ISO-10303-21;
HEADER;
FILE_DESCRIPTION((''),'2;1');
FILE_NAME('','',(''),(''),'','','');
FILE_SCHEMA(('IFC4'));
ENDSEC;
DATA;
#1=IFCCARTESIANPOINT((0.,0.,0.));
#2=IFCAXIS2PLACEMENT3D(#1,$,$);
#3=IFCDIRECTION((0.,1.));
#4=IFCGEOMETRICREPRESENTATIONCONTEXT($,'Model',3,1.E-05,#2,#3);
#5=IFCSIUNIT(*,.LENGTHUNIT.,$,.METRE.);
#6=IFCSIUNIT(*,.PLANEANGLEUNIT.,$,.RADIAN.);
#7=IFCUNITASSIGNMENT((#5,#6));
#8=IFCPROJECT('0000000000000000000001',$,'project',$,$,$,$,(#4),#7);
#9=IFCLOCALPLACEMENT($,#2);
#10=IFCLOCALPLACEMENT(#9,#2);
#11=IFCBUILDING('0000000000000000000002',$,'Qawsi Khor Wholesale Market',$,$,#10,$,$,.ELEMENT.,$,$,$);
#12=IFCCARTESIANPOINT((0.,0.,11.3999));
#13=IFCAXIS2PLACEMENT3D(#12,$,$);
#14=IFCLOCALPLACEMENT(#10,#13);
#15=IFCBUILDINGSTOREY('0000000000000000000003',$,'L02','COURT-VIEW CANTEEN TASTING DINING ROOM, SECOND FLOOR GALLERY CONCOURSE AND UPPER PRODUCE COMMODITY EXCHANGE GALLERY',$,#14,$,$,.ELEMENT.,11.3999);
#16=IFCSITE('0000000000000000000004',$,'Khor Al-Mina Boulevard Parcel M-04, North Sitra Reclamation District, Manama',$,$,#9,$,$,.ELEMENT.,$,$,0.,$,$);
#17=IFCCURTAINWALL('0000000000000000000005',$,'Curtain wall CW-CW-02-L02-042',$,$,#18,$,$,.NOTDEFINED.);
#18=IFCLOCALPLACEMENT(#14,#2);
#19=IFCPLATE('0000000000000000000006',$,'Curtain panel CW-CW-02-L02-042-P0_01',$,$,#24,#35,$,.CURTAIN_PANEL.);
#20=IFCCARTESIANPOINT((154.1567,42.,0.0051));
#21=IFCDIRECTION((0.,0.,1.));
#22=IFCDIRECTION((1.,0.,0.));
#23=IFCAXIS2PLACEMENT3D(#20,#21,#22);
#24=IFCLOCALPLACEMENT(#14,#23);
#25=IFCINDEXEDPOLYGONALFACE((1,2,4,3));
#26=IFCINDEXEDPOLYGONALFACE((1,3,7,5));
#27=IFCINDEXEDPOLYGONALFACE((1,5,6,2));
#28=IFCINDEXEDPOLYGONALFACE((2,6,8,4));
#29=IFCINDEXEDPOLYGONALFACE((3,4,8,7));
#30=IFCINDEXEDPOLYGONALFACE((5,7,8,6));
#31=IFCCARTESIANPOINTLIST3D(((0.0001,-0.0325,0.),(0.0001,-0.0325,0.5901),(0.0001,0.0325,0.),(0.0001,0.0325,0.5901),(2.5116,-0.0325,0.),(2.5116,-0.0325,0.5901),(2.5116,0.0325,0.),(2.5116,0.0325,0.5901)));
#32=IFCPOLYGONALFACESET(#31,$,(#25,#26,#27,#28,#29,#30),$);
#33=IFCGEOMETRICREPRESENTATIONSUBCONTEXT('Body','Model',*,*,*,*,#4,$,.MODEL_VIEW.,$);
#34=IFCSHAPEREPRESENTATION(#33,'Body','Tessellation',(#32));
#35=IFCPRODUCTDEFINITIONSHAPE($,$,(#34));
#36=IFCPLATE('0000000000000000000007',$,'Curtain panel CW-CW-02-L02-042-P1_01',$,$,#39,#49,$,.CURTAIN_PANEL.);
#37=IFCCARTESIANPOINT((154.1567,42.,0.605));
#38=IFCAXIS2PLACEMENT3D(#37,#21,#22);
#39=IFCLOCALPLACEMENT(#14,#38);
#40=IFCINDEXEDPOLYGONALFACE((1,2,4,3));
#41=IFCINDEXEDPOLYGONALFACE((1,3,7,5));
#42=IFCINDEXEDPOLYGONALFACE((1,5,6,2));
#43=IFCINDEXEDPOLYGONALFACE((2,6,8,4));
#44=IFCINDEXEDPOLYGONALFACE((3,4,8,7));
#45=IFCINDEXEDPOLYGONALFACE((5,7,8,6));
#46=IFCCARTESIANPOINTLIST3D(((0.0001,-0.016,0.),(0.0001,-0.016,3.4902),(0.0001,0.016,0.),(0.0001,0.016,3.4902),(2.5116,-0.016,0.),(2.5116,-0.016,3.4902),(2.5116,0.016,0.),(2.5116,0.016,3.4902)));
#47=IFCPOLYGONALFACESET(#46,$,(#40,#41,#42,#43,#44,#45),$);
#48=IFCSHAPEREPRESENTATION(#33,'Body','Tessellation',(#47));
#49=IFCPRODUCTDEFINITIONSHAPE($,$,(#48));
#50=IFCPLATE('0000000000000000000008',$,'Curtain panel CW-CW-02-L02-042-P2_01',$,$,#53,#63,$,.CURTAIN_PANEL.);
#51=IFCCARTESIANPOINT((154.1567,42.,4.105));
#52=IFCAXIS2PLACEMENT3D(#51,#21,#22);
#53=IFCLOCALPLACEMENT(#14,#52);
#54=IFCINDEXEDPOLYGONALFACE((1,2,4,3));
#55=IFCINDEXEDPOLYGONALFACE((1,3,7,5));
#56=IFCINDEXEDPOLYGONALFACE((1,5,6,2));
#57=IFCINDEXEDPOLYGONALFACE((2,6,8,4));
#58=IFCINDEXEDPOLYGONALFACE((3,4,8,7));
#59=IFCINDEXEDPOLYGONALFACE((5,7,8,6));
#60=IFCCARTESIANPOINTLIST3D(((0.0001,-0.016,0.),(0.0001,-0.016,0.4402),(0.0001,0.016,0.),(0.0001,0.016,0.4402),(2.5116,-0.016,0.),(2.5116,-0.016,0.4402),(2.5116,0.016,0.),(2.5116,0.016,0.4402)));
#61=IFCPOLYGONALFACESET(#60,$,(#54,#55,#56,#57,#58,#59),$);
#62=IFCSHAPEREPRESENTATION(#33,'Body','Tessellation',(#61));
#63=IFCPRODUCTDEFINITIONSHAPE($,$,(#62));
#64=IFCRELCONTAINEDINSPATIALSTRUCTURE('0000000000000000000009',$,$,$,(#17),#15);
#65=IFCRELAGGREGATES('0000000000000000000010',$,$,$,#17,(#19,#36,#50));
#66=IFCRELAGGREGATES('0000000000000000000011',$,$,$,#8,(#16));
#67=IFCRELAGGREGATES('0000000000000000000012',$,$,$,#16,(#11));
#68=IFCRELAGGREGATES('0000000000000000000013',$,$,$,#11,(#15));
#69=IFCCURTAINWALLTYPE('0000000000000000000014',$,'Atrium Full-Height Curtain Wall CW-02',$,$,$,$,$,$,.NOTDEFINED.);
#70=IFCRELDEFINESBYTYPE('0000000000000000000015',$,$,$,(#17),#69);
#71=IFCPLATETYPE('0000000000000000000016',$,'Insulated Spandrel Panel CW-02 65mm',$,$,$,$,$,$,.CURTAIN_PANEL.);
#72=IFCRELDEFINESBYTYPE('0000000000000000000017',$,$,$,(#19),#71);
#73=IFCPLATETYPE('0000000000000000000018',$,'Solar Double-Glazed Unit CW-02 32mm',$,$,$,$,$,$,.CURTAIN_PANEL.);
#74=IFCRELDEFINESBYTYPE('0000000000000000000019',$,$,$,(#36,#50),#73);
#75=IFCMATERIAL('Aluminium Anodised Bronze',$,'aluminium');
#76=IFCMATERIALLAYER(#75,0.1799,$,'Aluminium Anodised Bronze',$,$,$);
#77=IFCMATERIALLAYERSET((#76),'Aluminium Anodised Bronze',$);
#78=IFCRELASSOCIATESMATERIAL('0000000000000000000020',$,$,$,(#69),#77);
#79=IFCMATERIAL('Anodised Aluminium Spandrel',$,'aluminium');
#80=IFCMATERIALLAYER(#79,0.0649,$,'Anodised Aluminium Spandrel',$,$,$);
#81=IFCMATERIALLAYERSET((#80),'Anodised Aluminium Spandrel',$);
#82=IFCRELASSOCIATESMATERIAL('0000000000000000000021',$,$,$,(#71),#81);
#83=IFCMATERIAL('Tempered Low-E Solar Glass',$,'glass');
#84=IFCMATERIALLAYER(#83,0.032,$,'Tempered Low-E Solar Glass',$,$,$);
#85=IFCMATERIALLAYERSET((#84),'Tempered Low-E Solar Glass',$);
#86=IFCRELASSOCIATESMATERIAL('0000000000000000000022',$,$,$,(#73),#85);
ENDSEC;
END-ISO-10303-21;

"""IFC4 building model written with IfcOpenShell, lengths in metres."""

from ifc_helpers import new_model, si_unit, direction, frame, frame_2d, origin, place, context, subcontext, project, spatial, rectangle, extrude, material, layer, layer_set, type_object, element, aggregate, save


model = new_model("IFC4")

# Units and contexts
model_context = context("Model", 3, precision=1e-05, world=origin(), true_north=direction((0.0, 1.0)))
body_context = subcontext(model_context, "Body", "Model", "MODEL_VIEW")
ifc_project = project(units=[si_unit("LENGTHUNIT", "METRE"), si_unit("PLANEANGLEUNIT", "RADIAN")], contexts=[model_context])

# Site, building, storey
site_placement = place(None, origin())
site = spatial("IfcSite", under=ifc_project, at=site_placement, Name="Khor Al-Mina Boulevard Parcel M-04, North Sitra Reclamation District, Manama", CompositionType="ELEMENT", RefElevation=0.0)
building_placement = place(site_placement, origin())
building = spatial("IfcBuilding", under=site, at=building_placement, Name="Qawsi Khor Wholesale Market", CompositionType="ELEMENT")
storey_placement = place(building_placement, frame((0.0, 0.0, 11.3999)))
storey = spatial("IfcBuildingStorey", under=building, at=storey_placement, Name="L02", Description="COURT-VIEW CANTEEN TASTING DINING ROOM, SECOND FLOOR GALLERY CONCOURSE AND UPPER PRODUCE COMMODITY EXCHANGE GALLERY", CompositionType="ELEMENT", Elevation=11.3999)

# Curtain wall
ifc_material_1 = material(Name="Aluminium Anodised Bronze", Category="aluminium")
ifc_layer_1 = layer(ifc_material_1, 0.1799, Name="Aluminium Anodised Bronze")
ifc_layer_set_1 = layer_set([ifc_layer_1], Name="Aluminium Anodised Bronze")
curtain_wall_type = type_object("IfcCurtainWallType", Name="Atrium Full-Height Curtain Wall CW-02", PredefinedType="NOTDEFINED", material=ifc_layer_set_1)
curtain_wall_1_placement = place(storey_placement, origin())
curtain_wall_1 = element("IfcCurtainWall", 1, at=curtain_wall_1_placement, inside=storey, type_object=curtain_wall_type, Name="Curtain wall CW-CW-02-L02-042", PredefinedType="NOTDEFINED")

# Plate
ifc_material_2 = material(Name="Anodised Aluminium Spandrel", Category="aluminium")
ifc_layer_2 = layer(ifc_material_2, 0.0649, Name="Anodised Aluminium Spandrel")
ifc_layer_set_2 = layer_set([ifc_layer_2], Name="Anodised Aluminium Spandrel")
plate_type_1 = type_object("IfcPlateType", Name="Insulated Spandrel Panel CW-02 65mm", PredefinedType="CURTAIN_PANEL", material=ifc_layer_set_2)
plate_1_placement = place(storey_placement, frame((154.1567, 42.0, 0.0051), z_axis=(0.0, 0.0, 1.0), x_axis=(1.0, 0.0, 0.0)))
plate_1 = element("IfcPlate", 2, at=plate_1_placement, type_object=plate_type_1, Name="Curtain panel CW-CW-02-L02-042-P0_01", PredefinedType="CURTAIN_PANEL", context=body_context, shape_type="SweptSolid", body=[
    extrude(rectangle(XDim=2.5115, YDim=0.0649, at=frame_2d((1.2559, 0.0))), origin(), (0.0, 0.0, 1.0), 0.5901),
])

# Plates
ifc_material_3 = material(Name="Tempered Low-E Solar Glass", Category="glass")
ifc_layer_3 = layer(ifc_material_3, 0.032, Name="Tempered Low-E Solar Glass")
ifc_layer_set_3 = layer_set([ifc_layer_3], Name="Tempered Low-E Solar Glass")
plate_type_2 = type_object("IfcPlateType", Name="Solar Double-Glazed Unit CW-02 32mm", PredefinedType="CURTAIN_PANEL", material=ifc_layer_set_3)
plate_2_placement = place(storey_placement, frame((154.1567, 42.0, 0.605), z_axis=(0.0, 0.0, 1.0), x_axis=(1.0, 0.0, 0.0)))
plate_2 = element("IfcPlate", 3, at=plate_2_placement, type_object=plate_type_2, Name="Curtain panel CW-CW-02-L02-042-P1_01", PredefinedType="CURTAIN_PANEL", context=body_context, shape_type="SweptSolid", body=[
    extrude(rectangle(XDim=2.5115, YDim=0.032, at=frame_2d((1.2559, 0.0))), origin(), (0.0, 0.0, 1.0), 3.4902),
])
plate_3_placement = place(storey_placement, frame((154.1567, 42.0, 4.105), z_axis=(0.0, 0.0, 1.0), x_axis=(1.0, 0.0, 0.0)))
plate_3 = element("IfcPlate", 4, at=plate_3_placement, type_object=plate_type_2, Name="Curtain panel CW-CW-02-L02-042-P2_01", PredefinedType="CURTAIN_PANEL", context=body_context, shape_type="SweptSolid", body=[
    extrude(rectangle(XDim=2.5115, YDim=0.032, at=frame_2d((1.2559, 0.0))), origin(), (0.0, 0.0, 1.0), 0.4402),
])
aggregate(curtain_wall_1, [plate_1, plate_2, plate_3])

save(model, "model.ifc")
